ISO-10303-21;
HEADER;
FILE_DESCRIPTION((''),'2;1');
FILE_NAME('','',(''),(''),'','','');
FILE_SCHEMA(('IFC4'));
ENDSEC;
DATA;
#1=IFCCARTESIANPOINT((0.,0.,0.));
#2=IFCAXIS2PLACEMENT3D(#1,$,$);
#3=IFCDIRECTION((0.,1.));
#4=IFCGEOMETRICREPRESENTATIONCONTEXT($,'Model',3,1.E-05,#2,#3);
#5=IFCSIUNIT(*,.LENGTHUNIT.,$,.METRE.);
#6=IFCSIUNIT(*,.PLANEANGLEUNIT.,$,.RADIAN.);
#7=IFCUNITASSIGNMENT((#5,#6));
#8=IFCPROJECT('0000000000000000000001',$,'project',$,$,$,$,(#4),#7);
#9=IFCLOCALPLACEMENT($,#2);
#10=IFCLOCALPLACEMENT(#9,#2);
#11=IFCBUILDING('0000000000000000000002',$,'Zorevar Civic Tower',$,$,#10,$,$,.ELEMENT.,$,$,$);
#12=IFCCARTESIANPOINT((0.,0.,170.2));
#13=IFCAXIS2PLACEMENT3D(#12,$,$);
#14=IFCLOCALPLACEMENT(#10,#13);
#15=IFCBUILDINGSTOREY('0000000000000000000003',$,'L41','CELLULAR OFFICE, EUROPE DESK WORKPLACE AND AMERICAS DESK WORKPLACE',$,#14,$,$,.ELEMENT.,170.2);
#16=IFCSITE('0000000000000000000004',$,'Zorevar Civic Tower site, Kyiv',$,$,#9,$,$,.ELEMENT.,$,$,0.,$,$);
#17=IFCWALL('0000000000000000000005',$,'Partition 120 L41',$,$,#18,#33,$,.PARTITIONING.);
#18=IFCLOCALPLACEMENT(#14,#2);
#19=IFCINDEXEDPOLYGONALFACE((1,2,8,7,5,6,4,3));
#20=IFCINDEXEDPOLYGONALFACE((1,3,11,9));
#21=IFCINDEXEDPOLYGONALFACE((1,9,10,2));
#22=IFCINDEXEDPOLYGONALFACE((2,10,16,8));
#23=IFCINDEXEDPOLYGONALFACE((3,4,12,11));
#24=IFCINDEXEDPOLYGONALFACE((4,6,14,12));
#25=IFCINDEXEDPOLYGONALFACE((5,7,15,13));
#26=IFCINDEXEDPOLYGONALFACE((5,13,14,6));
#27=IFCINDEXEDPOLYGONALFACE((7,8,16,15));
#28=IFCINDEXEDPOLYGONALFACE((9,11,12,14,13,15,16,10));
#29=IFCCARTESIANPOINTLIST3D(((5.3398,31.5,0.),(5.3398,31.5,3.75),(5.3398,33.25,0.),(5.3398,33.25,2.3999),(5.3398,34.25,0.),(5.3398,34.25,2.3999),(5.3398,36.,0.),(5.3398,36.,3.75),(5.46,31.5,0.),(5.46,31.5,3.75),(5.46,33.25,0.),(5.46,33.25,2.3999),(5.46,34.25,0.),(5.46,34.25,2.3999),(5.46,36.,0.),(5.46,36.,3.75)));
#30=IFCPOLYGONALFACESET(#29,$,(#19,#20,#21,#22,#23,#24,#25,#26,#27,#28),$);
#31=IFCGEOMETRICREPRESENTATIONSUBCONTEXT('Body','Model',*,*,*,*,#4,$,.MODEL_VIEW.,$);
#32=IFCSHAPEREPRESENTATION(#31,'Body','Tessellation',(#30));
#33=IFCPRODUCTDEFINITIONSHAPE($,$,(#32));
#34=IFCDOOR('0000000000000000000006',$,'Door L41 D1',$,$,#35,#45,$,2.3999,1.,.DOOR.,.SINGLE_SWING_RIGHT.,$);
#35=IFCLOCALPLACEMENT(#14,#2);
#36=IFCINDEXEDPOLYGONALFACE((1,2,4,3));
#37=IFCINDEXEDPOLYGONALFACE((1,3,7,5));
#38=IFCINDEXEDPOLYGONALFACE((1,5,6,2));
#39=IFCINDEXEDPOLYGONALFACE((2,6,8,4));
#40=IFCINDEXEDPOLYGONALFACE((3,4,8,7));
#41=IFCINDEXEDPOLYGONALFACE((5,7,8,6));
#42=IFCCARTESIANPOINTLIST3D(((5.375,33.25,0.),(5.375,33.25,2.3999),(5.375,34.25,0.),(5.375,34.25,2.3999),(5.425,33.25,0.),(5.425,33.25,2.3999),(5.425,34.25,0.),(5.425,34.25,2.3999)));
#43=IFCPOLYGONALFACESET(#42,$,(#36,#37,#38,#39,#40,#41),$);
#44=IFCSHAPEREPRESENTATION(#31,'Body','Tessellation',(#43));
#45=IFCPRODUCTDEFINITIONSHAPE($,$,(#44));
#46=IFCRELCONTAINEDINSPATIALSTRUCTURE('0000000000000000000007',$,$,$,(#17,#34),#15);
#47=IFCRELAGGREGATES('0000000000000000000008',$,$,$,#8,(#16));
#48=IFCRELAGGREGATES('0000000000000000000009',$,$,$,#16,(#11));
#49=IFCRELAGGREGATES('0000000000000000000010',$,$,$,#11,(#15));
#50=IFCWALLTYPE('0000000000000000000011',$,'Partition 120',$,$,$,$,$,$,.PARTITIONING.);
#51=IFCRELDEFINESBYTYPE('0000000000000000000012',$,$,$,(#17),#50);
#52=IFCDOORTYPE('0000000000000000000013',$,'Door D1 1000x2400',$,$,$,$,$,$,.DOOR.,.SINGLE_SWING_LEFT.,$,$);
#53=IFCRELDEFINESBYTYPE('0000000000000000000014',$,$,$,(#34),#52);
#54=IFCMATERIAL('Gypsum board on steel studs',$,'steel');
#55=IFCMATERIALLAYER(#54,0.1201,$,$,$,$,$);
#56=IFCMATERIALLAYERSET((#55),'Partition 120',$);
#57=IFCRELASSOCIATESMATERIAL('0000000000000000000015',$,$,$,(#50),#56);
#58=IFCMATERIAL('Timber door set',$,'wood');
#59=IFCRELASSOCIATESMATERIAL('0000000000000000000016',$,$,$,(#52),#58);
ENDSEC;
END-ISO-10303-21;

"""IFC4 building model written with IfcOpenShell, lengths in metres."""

from ifc_helpers import new_model, si_unit, direction, frame, frame_2d, origin, place, context, subcontext, project, spatial, rectangle, extrude, material, layer, layer_set, type_object, element, fill, save


model = new_model("IFC4")

# Units and contexts
model_context = context("Model", 3, precision=1e-05, world=origin(), true_north=direction((0.0, 1.0)))
body_context = subcontext(model_context, "Body", "Model", "MODEL_VIEW")
ifc_project = project(units=[si_unit("LENGTHUNIT", "METRE"), si_unit("PLANEANGLEUNIT", "RADIAN")], contexts=[model_context])

# Site, building, storey
site_placement = place(None, origin())
site = spatial("IfcSite", under=ifc_project, at=site_placement, Name="Zorevar Civic Tower site, Kyiv", CompositionType="ELEMENT", RefElevation=0.0)
building_placement = place(site_placement, origin())
building = spatial("IfcBuilding", under=site, at=building_placement, Name="Zorevar Civic Tower", CompositionType="ELEMENT")
storey_placement = place(building_placement, frame((0.0, 0.0, 170.2)))
storey = spatial("IfcBuildingStorey", under=building, at=storey_placement, Name="L41", Description="CELLULAR OFFICE, EUROPE DESK WORKPLACE AND AMERICAS DESK WORKPLACE", CompositionType="ELEMENT", Elevation=170.2)

# Shared definitions
ifc_material_1 = material(Name="Gypsum board on steel studs", Category="steel")
ifc_layer_1 = layer(ifc_material_1, 0.1201)
ifc_layer_set_1 = layer_set([ifc_layer_1], Name="Partition 120")
wall_type = type_object("IfcWallType", Name="Partition 120", PredefinedType="PARTITIONING", material=ifc_layer_set_1)

# Wall, opening, door
wall_1_placement = place(storey_placement, frame((5.3999, 31.5, 0.0), z_axis=(0.0, 0.0, 1.0), x_axis=(0.0, 1.0, 0.0)))
wall_1 = element("IfcWall", 1, at=wall_1_placement, inside=storey, type_object=wall_type, Name="Partition 120 L41", PredefinedType="PARTITIONING", context=body_context, shape_type="SweptSolid", body=[
    extrude(rectangle(XDim=4.5, YDim=0.1201, at=frame_2d((2.25, 0.0))), origin(), (0.0, 0.0, 1.0), 3.75),
])
opening_placement = place(wall_1_placement, frame((1.75, 0.0, 0.0)))
opening = element("IfcOpeningElement", 2, at=opening_placement, cuts=wall_1, PredefinedType="OPENING", context=body_context, shape_type="SweptSolid", body=[
    extrude(rectangle(XDim=1.0, YDim=2.3999, at=frame_2d((0.5, 1.2))), frame((0.0, 0.0701, 0.0), z_axis=(0.0, -1.0, 0.0), x_axis=(1.0, 0.0, 0.0)), (0.0, 0.0, 1.0), 0.1401),
])
ifc_material_2 = material(Name="Timber door set", Category="wood")
door_type = type_object("IfcDoorType", Name="Door D1 1000x2400", OperationType="SINGLE_SWING_LEFT", PredefinedType="DOOR", material=ifc_material_2)
door_placement = place(opening_placement, origin())
door = element("IfcDoor", 3, at=door_placement, inside=storey, type_object=door_type, Name="Door L41 D1", OperationType="SINGLE_SWING_RIGHT", OverallHeight=2.3999, OverallWidth=1.0, PredefinedType="DOOR", context=body_context, shape_type="SweptSolid", body=[
    extrude(rectangle(XDim=1.0, YDim=2.3999, at=frame_2d((0.5, 1.2))), frame((0.0, 0.0249, 0.0), z_axis=(0.0, -1.0, 0.0), x_axis=(1.0, 0.0, 0.0)), (0.0, 0.0, 1.0), 0.05),
])
fill(opening, door)

save(model, "model.ifc")
